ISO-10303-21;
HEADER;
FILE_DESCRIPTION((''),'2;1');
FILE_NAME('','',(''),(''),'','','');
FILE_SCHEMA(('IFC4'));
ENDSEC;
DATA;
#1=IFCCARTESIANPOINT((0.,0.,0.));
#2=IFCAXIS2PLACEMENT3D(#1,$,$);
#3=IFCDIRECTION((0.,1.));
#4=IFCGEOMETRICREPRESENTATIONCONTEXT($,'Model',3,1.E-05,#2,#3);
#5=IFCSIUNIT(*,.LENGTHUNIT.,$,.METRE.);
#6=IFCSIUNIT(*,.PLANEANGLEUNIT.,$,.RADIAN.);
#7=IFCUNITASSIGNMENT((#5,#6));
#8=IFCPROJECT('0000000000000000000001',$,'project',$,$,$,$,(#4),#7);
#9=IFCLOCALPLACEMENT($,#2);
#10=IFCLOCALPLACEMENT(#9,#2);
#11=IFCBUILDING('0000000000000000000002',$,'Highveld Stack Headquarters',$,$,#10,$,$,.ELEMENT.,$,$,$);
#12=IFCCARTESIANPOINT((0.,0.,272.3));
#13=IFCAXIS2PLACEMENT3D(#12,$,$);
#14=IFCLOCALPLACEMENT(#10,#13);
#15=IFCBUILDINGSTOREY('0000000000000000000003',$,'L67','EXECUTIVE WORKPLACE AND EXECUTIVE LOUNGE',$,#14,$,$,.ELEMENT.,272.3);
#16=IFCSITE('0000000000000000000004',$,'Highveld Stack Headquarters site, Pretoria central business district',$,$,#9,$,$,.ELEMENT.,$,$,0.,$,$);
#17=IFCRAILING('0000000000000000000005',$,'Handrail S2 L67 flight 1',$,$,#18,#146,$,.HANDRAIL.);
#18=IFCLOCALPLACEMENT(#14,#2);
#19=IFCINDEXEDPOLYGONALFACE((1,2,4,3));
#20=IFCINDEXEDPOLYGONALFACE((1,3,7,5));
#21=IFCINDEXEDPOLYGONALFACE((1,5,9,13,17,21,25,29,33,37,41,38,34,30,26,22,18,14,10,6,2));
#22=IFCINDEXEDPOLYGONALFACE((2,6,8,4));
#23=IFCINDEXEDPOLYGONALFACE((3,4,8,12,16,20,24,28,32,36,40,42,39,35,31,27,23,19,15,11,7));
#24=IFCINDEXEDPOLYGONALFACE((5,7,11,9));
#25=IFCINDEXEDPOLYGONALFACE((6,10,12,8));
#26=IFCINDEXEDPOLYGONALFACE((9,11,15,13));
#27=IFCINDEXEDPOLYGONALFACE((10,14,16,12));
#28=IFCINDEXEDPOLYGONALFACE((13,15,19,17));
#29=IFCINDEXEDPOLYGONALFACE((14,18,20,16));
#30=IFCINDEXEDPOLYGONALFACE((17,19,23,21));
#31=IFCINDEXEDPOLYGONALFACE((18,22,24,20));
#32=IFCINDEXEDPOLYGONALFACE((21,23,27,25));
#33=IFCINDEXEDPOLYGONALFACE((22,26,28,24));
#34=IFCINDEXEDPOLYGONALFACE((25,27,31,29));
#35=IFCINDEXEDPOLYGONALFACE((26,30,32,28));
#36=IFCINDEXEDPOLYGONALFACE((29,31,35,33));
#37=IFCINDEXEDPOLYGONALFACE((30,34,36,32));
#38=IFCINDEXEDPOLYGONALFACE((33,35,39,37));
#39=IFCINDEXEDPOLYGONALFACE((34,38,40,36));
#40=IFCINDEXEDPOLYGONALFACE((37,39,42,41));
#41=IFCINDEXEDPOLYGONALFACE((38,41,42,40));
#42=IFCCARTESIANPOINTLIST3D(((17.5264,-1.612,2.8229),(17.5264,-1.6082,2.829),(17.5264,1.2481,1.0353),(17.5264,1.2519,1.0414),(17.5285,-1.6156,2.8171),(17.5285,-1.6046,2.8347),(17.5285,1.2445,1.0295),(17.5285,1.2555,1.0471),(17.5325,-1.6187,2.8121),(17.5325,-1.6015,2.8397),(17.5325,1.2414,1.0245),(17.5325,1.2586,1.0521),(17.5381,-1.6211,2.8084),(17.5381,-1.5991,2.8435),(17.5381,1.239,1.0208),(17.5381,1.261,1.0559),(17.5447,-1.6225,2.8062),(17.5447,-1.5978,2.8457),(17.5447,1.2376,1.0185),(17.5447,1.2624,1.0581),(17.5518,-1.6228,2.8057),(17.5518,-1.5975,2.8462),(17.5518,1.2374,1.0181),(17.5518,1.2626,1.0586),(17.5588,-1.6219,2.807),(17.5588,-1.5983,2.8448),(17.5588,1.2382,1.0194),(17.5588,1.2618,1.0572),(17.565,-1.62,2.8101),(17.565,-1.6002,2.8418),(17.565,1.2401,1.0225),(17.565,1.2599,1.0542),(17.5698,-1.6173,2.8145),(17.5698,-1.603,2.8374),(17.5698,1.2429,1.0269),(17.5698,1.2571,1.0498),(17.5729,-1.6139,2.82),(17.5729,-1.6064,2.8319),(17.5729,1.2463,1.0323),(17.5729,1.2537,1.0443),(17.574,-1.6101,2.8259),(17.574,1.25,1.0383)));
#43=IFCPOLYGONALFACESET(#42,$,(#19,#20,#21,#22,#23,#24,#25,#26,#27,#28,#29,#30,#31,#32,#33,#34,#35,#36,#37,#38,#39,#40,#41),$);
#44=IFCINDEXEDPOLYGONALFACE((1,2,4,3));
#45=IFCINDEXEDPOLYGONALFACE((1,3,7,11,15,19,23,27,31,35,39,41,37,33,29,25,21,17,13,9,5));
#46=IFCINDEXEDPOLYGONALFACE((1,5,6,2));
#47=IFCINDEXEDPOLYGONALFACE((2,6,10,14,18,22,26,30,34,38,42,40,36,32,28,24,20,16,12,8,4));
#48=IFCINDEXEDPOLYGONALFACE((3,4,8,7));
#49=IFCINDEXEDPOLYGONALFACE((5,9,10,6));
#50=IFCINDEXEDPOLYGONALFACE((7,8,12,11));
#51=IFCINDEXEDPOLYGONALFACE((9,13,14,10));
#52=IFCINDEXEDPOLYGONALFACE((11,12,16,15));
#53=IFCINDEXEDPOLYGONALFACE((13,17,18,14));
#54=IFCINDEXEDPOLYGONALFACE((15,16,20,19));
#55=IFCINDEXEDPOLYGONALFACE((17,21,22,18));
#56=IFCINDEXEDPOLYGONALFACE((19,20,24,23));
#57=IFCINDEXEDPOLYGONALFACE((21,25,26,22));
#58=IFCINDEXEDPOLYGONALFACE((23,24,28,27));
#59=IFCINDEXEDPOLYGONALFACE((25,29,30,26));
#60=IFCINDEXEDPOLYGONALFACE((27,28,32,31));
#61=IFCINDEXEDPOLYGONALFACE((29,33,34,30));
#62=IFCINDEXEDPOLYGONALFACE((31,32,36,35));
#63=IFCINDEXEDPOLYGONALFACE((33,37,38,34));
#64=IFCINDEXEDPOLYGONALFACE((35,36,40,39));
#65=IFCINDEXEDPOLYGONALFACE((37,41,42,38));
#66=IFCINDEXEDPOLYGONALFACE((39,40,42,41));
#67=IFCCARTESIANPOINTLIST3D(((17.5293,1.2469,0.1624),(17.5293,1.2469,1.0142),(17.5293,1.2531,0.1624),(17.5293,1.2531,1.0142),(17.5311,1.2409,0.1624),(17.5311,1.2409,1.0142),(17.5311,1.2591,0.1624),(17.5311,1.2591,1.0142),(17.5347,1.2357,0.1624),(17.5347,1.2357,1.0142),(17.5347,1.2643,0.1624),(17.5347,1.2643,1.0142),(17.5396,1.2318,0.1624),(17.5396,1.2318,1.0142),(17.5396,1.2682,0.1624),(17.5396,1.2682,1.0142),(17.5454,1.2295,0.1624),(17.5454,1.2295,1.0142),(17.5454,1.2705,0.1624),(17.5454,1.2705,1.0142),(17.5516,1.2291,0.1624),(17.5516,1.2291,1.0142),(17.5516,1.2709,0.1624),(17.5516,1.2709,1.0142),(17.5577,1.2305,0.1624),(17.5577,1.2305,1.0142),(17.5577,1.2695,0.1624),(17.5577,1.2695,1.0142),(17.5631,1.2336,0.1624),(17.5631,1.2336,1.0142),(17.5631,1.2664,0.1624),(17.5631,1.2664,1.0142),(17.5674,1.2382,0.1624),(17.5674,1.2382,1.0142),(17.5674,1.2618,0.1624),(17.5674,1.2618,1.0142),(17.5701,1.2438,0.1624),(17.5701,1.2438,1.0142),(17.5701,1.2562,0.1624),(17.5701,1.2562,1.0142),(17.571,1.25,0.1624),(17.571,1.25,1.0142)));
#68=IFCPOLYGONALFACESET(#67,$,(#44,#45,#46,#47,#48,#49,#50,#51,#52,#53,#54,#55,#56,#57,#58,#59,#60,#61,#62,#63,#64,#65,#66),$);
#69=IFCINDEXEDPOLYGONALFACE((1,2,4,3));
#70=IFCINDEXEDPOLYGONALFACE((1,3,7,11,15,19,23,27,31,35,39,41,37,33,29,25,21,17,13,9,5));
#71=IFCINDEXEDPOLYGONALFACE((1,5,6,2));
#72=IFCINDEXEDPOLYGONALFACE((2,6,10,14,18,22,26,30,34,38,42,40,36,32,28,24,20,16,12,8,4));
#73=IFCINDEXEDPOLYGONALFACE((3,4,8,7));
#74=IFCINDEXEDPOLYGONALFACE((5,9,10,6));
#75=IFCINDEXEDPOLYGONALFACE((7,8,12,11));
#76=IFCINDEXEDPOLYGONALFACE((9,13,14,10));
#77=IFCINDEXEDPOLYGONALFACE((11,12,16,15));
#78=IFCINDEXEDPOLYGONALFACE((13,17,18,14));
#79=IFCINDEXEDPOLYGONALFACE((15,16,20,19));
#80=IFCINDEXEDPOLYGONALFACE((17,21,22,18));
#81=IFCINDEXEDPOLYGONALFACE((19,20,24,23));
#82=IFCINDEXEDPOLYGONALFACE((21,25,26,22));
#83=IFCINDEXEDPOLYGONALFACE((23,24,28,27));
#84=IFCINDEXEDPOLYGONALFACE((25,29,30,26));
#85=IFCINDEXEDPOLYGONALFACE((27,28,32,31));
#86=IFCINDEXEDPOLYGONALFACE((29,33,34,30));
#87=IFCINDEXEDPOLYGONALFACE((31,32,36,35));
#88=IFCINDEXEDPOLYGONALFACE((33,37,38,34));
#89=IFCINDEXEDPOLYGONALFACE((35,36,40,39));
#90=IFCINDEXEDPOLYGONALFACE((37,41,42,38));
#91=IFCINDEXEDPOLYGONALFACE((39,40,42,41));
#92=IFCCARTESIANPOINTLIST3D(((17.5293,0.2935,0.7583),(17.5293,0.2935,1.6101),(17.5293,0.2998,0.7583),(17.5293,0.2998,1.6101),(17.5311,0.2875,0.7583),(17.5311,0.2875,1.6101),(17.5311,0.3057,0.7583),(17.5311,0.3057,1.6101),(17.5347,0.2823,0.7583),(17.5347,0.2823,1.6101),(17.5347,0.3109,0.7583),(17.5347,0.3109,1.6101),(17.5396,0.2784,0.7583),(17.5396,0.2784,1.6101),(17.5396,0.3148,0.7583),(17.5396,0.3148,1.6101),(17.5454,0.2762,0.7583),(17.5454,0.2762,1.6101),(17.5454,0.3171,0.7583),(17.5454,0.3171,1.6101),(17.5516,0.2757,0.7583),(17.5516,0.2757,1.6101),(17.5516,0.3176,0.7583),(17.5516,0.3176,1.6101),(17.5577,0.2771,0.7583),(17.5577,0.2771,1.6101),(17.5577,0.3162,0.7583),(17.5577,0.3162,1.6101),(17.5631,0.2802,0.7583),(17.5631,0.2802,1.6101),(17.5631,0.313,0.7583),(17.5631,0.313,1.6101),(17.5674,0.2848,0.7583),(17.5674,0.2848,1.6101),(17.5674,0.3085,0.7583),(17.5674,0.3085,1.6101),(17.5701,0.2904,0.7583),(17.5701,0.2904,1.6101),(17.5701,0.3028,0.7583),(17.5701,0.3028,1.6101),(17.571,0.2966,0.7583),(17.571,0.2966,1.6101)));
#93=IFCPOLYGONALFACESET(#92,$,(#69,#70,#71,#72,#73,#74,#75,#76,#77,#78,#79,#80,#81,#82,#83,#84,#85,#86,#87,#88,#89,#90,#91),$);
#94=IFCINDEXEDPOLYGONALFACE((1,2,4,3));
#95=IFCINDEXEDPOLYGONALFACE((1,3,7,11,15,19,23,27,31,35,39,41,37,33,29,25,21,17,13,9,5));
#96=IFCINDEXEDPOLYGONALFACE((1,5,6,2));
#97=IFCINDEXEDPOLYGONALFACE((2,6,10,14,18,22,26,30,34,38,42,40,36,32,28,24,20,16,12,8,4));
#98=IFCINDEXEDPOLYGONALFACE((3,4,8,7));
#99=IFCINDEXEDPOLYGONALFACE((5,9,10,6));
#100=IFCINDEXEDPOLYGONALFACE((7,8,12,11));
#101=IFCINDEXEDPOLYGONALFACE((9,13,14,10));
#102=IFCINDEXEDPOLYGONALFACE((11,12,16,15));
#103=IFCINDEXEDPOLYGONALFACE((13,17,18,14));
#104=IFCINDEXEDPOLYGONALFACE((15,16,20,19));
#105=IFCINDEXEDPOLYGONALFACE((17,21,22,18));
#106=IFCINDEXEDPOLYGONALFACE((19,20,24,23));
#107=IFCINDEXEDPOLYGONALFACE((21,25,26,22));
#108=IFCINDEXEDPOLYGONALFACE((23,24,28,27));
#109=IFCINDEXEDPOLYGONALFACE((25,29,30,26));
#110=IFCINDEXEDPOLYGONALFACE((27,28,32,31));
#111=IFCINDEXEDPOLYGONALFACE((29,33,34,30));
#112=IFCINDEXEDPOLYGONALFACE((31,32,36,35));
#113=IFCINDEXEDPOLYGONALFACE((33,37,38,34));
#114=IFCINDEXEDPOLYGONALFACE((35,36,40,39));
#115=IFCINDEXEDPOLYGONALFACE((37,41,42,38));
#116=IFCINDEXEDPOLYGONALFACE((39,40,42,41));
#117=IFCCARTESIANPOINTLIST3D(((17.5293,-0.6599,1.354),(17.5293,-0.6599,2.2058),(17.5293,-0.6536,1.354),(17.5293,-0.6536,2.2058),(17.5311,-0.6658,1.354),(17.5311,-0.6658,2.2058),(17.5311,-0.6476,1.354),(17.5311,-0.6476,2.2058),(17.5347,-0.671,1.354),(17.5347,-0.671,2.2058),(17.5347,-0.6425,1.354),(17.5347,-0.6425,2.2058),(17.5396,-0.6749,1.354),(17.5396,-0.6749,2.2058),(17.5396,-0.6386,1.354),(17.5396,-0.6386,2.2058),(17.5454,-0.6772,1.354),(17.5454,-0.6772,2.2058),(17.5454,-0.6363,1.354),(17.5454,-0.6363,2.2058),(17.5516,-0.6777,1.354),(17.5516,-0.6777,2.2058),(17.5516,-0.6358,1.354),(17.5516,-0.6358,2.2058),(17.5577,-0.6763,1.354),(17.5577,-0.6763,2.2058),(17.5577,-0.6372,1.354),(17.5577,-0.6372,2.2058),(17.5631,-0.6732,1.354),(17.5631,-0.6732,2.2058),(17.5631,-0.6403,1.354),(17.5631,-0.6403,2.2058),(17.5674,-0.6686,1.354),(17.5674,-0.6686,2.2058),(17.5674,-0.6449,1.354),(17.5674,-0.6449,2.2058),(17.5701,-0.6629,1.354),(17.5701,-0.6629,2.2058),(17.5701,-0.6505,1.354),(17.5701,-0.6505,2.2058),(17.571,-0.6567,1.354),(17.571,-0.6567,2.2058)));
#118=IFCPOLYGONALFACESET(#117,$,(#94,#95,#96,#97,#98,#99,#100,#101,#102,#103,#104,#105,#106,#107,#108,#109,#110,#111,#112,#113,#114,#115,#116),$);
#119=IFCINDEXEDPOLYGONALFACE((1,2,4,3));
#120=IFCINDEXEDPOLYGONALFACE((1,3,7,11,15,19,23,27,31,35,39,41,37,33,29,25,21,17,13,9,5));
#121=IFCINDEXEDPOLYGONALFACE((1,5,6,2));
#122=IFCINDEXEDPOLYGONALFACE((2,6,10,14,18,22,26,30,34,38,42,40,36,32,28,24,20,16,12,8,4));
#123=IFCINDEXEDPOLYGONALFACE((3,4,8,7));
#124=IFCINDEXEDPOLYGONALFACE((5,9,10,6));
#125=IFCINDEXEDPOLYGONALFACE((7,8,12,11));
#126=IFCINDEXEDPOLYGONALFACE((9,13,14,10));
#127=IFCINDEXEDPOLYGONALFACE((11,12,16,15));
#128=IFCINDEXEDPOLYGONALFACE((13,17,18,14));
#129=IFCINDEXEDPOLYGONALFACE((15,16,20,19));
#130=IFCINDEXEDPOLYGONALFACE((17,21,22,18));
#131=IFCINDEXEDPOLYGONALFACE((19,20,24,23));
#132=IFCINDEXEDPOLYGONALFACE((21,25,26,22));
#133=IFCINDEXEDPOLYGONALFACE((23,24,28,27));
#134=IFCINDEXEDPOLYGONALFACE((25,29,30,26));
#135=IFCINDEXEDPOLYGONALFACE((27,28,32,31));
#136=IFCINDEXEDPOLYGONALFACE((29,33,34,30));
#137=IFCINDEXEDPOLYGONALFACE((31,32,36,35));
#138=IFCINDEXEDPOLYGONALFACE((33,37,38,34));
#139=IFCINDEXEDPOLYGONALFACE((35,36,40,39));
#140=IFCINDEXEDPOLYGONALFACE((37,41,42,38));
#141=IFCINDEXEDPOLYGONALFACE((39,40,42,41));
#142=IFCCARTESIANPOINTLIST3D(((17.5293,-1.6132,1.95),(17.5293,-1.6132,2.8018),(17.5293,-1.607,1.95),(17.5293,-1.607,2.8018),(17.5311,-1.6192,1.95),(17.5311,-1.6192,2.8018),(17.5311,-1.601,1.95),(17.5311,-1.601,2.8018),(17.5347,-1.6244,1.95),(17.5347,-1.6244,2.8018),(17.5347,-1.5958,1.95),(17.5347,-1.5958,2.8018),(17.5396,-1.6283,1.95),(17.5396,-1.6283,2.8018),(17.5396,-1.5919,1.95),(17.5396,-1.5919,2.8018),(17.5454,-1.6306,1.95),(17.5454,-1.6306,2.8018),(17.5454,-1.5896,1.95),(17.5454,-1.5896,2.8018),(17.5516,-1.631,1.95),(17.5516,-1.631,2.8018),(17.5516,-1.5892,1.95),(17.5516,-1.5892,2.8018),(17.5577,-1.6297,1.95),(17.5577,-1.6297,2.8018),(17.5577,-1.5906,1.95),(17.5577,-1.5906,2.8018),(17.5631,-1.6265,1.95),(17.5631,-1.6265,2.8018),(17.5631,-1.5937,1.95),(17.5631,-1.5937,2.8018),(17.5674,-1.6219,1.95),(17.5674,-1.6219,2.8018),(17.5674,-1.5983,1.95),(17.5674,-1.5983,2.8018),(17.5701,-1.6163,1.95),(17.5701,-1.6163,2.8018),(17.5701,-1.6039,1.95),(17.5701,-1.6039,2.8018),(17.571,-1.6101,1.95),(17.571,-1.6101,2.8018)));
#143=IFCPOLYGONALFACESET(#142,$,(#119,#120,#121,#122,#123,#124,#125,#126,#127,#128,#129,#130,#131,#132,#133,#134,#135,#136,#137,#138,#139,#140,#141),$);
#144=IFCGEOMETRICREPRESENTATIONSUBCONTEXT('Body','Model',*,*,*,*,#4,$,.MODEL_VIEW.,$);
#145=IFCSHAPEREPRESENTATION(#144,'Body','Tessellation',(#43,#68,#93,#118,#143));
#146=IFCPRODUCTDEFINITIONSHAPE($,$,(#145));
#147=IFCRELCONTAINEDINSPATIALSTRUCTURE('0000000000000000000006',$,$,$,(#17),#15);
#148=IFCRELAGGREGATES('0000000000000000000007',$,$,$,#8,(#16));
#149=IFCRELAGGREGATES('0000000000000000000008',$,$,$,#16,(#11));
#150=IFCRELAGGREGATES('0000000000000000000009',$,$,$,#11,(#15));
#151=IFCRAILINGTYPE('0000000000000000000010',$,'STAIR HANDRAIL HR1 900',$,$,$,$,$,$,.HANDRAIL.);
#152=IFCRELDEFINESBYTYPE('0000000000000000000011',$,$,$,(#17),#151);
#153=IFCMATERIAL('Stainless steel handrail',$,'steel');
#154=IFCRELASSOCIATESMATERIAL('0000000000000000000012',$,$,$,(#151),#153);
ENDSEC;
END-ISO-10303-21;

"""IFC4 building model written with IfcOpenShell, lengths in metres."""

from ifc_helpers import new_model, si_unit, direction, frame, origin, origin_2d, place, context, subcontext, project, spatial, circle, extrude, material, type_object, element, save


model = new_model("IFC4")

# Units and contexts
model_context = context("Model", 3, precision=1e-05, world=origin(), true_north=direction((0.0, 1.0)))
body_context = subcontext(model_context, "Body", "Model", "MODEL_VIEW")
ifc_project = project(units=[si_unit("LENGTHUNIT", "METRE"), si_unit("PLANEANGLEUNIT", "RADIAN")], contexts=[model_context])

# Site, building, storey
site_placement = place(None, origin())
site = spatial("IfcSite", under=ifc_project, at=site_placement, Name="Highveld Stack Headquarters site, Pretoria central business district", CompositionType="ELEMENT", RefElevation=0.0)
building_placement = place(site_placement, origin())
building = spatial("IfcBuilding", under=site, at=building_placement, Name="Highveld Stack Headquarters", CompositionType="ELEMENT")
storey_placement = place(building_placement, frame((0.0, 0.0, 272.3)))
storey = spatial("IfcBuildingStorey", under=building, at=storey_placement, Name="L67", Description="EXECUTIVE WORKPLACE AND EXECUTIVE LOUNGE", CompositionType="ELEMENT", Elevation=272.3)

# Railing
ifc_material_1 = material(Name="Stainless steel handrail", Category="steel")
railing_type = type_object("IfcRailingType", Name="STAIR HANDRAIL HR1 900", PredefinedType="HANDRAIL", material=ifc_material_1)
for number, where, name in (
    (1, (17.55, 1.25, 0.1624), "Handrail S2 L67 flight 1"),
):
    element("IfcRailing", number, at=place(storey_placement, frame(where)), inside=storey, type_object=railing_type, Name=name, PredefinedType="HANDRAIL", context=body_context, shape_type="SweptSolid", body=[
        extrude(circle(Radius=0.0239, at=origin_2d()), frame((0.0, 0.0, 0.876), z_axis=(0.0, -0.847994, 0.530005), x_axis=(1.0, 0.0, 0.0)), (0.0, 0.0, 1.0), 3.3728),
        extrude(circle(Radius=0.021, at=origin_2d()), origin(), (0.0, 0.0, 1.0), 0.8518),
        extrude(circle(Radius=0.021, at=origin_2d()), frame((0.0, -0.9534, 0.5959)), (0.0, 0.0, 1.0), 0.8518),
        extrude(circle(Radius=0.021, at=origin_2d()), frame((0.0, -1.9067, 1.1917)), (0.0, 0.0, 1.0), 0.8518),
        extrude(circle(Radius=0.021, at=origin_2d()), frame((0.0, -2.8601, 1.7876)), (0.0, 0.0, 1.0), 0.8518),
    ])

save(model, "model.ifc")
